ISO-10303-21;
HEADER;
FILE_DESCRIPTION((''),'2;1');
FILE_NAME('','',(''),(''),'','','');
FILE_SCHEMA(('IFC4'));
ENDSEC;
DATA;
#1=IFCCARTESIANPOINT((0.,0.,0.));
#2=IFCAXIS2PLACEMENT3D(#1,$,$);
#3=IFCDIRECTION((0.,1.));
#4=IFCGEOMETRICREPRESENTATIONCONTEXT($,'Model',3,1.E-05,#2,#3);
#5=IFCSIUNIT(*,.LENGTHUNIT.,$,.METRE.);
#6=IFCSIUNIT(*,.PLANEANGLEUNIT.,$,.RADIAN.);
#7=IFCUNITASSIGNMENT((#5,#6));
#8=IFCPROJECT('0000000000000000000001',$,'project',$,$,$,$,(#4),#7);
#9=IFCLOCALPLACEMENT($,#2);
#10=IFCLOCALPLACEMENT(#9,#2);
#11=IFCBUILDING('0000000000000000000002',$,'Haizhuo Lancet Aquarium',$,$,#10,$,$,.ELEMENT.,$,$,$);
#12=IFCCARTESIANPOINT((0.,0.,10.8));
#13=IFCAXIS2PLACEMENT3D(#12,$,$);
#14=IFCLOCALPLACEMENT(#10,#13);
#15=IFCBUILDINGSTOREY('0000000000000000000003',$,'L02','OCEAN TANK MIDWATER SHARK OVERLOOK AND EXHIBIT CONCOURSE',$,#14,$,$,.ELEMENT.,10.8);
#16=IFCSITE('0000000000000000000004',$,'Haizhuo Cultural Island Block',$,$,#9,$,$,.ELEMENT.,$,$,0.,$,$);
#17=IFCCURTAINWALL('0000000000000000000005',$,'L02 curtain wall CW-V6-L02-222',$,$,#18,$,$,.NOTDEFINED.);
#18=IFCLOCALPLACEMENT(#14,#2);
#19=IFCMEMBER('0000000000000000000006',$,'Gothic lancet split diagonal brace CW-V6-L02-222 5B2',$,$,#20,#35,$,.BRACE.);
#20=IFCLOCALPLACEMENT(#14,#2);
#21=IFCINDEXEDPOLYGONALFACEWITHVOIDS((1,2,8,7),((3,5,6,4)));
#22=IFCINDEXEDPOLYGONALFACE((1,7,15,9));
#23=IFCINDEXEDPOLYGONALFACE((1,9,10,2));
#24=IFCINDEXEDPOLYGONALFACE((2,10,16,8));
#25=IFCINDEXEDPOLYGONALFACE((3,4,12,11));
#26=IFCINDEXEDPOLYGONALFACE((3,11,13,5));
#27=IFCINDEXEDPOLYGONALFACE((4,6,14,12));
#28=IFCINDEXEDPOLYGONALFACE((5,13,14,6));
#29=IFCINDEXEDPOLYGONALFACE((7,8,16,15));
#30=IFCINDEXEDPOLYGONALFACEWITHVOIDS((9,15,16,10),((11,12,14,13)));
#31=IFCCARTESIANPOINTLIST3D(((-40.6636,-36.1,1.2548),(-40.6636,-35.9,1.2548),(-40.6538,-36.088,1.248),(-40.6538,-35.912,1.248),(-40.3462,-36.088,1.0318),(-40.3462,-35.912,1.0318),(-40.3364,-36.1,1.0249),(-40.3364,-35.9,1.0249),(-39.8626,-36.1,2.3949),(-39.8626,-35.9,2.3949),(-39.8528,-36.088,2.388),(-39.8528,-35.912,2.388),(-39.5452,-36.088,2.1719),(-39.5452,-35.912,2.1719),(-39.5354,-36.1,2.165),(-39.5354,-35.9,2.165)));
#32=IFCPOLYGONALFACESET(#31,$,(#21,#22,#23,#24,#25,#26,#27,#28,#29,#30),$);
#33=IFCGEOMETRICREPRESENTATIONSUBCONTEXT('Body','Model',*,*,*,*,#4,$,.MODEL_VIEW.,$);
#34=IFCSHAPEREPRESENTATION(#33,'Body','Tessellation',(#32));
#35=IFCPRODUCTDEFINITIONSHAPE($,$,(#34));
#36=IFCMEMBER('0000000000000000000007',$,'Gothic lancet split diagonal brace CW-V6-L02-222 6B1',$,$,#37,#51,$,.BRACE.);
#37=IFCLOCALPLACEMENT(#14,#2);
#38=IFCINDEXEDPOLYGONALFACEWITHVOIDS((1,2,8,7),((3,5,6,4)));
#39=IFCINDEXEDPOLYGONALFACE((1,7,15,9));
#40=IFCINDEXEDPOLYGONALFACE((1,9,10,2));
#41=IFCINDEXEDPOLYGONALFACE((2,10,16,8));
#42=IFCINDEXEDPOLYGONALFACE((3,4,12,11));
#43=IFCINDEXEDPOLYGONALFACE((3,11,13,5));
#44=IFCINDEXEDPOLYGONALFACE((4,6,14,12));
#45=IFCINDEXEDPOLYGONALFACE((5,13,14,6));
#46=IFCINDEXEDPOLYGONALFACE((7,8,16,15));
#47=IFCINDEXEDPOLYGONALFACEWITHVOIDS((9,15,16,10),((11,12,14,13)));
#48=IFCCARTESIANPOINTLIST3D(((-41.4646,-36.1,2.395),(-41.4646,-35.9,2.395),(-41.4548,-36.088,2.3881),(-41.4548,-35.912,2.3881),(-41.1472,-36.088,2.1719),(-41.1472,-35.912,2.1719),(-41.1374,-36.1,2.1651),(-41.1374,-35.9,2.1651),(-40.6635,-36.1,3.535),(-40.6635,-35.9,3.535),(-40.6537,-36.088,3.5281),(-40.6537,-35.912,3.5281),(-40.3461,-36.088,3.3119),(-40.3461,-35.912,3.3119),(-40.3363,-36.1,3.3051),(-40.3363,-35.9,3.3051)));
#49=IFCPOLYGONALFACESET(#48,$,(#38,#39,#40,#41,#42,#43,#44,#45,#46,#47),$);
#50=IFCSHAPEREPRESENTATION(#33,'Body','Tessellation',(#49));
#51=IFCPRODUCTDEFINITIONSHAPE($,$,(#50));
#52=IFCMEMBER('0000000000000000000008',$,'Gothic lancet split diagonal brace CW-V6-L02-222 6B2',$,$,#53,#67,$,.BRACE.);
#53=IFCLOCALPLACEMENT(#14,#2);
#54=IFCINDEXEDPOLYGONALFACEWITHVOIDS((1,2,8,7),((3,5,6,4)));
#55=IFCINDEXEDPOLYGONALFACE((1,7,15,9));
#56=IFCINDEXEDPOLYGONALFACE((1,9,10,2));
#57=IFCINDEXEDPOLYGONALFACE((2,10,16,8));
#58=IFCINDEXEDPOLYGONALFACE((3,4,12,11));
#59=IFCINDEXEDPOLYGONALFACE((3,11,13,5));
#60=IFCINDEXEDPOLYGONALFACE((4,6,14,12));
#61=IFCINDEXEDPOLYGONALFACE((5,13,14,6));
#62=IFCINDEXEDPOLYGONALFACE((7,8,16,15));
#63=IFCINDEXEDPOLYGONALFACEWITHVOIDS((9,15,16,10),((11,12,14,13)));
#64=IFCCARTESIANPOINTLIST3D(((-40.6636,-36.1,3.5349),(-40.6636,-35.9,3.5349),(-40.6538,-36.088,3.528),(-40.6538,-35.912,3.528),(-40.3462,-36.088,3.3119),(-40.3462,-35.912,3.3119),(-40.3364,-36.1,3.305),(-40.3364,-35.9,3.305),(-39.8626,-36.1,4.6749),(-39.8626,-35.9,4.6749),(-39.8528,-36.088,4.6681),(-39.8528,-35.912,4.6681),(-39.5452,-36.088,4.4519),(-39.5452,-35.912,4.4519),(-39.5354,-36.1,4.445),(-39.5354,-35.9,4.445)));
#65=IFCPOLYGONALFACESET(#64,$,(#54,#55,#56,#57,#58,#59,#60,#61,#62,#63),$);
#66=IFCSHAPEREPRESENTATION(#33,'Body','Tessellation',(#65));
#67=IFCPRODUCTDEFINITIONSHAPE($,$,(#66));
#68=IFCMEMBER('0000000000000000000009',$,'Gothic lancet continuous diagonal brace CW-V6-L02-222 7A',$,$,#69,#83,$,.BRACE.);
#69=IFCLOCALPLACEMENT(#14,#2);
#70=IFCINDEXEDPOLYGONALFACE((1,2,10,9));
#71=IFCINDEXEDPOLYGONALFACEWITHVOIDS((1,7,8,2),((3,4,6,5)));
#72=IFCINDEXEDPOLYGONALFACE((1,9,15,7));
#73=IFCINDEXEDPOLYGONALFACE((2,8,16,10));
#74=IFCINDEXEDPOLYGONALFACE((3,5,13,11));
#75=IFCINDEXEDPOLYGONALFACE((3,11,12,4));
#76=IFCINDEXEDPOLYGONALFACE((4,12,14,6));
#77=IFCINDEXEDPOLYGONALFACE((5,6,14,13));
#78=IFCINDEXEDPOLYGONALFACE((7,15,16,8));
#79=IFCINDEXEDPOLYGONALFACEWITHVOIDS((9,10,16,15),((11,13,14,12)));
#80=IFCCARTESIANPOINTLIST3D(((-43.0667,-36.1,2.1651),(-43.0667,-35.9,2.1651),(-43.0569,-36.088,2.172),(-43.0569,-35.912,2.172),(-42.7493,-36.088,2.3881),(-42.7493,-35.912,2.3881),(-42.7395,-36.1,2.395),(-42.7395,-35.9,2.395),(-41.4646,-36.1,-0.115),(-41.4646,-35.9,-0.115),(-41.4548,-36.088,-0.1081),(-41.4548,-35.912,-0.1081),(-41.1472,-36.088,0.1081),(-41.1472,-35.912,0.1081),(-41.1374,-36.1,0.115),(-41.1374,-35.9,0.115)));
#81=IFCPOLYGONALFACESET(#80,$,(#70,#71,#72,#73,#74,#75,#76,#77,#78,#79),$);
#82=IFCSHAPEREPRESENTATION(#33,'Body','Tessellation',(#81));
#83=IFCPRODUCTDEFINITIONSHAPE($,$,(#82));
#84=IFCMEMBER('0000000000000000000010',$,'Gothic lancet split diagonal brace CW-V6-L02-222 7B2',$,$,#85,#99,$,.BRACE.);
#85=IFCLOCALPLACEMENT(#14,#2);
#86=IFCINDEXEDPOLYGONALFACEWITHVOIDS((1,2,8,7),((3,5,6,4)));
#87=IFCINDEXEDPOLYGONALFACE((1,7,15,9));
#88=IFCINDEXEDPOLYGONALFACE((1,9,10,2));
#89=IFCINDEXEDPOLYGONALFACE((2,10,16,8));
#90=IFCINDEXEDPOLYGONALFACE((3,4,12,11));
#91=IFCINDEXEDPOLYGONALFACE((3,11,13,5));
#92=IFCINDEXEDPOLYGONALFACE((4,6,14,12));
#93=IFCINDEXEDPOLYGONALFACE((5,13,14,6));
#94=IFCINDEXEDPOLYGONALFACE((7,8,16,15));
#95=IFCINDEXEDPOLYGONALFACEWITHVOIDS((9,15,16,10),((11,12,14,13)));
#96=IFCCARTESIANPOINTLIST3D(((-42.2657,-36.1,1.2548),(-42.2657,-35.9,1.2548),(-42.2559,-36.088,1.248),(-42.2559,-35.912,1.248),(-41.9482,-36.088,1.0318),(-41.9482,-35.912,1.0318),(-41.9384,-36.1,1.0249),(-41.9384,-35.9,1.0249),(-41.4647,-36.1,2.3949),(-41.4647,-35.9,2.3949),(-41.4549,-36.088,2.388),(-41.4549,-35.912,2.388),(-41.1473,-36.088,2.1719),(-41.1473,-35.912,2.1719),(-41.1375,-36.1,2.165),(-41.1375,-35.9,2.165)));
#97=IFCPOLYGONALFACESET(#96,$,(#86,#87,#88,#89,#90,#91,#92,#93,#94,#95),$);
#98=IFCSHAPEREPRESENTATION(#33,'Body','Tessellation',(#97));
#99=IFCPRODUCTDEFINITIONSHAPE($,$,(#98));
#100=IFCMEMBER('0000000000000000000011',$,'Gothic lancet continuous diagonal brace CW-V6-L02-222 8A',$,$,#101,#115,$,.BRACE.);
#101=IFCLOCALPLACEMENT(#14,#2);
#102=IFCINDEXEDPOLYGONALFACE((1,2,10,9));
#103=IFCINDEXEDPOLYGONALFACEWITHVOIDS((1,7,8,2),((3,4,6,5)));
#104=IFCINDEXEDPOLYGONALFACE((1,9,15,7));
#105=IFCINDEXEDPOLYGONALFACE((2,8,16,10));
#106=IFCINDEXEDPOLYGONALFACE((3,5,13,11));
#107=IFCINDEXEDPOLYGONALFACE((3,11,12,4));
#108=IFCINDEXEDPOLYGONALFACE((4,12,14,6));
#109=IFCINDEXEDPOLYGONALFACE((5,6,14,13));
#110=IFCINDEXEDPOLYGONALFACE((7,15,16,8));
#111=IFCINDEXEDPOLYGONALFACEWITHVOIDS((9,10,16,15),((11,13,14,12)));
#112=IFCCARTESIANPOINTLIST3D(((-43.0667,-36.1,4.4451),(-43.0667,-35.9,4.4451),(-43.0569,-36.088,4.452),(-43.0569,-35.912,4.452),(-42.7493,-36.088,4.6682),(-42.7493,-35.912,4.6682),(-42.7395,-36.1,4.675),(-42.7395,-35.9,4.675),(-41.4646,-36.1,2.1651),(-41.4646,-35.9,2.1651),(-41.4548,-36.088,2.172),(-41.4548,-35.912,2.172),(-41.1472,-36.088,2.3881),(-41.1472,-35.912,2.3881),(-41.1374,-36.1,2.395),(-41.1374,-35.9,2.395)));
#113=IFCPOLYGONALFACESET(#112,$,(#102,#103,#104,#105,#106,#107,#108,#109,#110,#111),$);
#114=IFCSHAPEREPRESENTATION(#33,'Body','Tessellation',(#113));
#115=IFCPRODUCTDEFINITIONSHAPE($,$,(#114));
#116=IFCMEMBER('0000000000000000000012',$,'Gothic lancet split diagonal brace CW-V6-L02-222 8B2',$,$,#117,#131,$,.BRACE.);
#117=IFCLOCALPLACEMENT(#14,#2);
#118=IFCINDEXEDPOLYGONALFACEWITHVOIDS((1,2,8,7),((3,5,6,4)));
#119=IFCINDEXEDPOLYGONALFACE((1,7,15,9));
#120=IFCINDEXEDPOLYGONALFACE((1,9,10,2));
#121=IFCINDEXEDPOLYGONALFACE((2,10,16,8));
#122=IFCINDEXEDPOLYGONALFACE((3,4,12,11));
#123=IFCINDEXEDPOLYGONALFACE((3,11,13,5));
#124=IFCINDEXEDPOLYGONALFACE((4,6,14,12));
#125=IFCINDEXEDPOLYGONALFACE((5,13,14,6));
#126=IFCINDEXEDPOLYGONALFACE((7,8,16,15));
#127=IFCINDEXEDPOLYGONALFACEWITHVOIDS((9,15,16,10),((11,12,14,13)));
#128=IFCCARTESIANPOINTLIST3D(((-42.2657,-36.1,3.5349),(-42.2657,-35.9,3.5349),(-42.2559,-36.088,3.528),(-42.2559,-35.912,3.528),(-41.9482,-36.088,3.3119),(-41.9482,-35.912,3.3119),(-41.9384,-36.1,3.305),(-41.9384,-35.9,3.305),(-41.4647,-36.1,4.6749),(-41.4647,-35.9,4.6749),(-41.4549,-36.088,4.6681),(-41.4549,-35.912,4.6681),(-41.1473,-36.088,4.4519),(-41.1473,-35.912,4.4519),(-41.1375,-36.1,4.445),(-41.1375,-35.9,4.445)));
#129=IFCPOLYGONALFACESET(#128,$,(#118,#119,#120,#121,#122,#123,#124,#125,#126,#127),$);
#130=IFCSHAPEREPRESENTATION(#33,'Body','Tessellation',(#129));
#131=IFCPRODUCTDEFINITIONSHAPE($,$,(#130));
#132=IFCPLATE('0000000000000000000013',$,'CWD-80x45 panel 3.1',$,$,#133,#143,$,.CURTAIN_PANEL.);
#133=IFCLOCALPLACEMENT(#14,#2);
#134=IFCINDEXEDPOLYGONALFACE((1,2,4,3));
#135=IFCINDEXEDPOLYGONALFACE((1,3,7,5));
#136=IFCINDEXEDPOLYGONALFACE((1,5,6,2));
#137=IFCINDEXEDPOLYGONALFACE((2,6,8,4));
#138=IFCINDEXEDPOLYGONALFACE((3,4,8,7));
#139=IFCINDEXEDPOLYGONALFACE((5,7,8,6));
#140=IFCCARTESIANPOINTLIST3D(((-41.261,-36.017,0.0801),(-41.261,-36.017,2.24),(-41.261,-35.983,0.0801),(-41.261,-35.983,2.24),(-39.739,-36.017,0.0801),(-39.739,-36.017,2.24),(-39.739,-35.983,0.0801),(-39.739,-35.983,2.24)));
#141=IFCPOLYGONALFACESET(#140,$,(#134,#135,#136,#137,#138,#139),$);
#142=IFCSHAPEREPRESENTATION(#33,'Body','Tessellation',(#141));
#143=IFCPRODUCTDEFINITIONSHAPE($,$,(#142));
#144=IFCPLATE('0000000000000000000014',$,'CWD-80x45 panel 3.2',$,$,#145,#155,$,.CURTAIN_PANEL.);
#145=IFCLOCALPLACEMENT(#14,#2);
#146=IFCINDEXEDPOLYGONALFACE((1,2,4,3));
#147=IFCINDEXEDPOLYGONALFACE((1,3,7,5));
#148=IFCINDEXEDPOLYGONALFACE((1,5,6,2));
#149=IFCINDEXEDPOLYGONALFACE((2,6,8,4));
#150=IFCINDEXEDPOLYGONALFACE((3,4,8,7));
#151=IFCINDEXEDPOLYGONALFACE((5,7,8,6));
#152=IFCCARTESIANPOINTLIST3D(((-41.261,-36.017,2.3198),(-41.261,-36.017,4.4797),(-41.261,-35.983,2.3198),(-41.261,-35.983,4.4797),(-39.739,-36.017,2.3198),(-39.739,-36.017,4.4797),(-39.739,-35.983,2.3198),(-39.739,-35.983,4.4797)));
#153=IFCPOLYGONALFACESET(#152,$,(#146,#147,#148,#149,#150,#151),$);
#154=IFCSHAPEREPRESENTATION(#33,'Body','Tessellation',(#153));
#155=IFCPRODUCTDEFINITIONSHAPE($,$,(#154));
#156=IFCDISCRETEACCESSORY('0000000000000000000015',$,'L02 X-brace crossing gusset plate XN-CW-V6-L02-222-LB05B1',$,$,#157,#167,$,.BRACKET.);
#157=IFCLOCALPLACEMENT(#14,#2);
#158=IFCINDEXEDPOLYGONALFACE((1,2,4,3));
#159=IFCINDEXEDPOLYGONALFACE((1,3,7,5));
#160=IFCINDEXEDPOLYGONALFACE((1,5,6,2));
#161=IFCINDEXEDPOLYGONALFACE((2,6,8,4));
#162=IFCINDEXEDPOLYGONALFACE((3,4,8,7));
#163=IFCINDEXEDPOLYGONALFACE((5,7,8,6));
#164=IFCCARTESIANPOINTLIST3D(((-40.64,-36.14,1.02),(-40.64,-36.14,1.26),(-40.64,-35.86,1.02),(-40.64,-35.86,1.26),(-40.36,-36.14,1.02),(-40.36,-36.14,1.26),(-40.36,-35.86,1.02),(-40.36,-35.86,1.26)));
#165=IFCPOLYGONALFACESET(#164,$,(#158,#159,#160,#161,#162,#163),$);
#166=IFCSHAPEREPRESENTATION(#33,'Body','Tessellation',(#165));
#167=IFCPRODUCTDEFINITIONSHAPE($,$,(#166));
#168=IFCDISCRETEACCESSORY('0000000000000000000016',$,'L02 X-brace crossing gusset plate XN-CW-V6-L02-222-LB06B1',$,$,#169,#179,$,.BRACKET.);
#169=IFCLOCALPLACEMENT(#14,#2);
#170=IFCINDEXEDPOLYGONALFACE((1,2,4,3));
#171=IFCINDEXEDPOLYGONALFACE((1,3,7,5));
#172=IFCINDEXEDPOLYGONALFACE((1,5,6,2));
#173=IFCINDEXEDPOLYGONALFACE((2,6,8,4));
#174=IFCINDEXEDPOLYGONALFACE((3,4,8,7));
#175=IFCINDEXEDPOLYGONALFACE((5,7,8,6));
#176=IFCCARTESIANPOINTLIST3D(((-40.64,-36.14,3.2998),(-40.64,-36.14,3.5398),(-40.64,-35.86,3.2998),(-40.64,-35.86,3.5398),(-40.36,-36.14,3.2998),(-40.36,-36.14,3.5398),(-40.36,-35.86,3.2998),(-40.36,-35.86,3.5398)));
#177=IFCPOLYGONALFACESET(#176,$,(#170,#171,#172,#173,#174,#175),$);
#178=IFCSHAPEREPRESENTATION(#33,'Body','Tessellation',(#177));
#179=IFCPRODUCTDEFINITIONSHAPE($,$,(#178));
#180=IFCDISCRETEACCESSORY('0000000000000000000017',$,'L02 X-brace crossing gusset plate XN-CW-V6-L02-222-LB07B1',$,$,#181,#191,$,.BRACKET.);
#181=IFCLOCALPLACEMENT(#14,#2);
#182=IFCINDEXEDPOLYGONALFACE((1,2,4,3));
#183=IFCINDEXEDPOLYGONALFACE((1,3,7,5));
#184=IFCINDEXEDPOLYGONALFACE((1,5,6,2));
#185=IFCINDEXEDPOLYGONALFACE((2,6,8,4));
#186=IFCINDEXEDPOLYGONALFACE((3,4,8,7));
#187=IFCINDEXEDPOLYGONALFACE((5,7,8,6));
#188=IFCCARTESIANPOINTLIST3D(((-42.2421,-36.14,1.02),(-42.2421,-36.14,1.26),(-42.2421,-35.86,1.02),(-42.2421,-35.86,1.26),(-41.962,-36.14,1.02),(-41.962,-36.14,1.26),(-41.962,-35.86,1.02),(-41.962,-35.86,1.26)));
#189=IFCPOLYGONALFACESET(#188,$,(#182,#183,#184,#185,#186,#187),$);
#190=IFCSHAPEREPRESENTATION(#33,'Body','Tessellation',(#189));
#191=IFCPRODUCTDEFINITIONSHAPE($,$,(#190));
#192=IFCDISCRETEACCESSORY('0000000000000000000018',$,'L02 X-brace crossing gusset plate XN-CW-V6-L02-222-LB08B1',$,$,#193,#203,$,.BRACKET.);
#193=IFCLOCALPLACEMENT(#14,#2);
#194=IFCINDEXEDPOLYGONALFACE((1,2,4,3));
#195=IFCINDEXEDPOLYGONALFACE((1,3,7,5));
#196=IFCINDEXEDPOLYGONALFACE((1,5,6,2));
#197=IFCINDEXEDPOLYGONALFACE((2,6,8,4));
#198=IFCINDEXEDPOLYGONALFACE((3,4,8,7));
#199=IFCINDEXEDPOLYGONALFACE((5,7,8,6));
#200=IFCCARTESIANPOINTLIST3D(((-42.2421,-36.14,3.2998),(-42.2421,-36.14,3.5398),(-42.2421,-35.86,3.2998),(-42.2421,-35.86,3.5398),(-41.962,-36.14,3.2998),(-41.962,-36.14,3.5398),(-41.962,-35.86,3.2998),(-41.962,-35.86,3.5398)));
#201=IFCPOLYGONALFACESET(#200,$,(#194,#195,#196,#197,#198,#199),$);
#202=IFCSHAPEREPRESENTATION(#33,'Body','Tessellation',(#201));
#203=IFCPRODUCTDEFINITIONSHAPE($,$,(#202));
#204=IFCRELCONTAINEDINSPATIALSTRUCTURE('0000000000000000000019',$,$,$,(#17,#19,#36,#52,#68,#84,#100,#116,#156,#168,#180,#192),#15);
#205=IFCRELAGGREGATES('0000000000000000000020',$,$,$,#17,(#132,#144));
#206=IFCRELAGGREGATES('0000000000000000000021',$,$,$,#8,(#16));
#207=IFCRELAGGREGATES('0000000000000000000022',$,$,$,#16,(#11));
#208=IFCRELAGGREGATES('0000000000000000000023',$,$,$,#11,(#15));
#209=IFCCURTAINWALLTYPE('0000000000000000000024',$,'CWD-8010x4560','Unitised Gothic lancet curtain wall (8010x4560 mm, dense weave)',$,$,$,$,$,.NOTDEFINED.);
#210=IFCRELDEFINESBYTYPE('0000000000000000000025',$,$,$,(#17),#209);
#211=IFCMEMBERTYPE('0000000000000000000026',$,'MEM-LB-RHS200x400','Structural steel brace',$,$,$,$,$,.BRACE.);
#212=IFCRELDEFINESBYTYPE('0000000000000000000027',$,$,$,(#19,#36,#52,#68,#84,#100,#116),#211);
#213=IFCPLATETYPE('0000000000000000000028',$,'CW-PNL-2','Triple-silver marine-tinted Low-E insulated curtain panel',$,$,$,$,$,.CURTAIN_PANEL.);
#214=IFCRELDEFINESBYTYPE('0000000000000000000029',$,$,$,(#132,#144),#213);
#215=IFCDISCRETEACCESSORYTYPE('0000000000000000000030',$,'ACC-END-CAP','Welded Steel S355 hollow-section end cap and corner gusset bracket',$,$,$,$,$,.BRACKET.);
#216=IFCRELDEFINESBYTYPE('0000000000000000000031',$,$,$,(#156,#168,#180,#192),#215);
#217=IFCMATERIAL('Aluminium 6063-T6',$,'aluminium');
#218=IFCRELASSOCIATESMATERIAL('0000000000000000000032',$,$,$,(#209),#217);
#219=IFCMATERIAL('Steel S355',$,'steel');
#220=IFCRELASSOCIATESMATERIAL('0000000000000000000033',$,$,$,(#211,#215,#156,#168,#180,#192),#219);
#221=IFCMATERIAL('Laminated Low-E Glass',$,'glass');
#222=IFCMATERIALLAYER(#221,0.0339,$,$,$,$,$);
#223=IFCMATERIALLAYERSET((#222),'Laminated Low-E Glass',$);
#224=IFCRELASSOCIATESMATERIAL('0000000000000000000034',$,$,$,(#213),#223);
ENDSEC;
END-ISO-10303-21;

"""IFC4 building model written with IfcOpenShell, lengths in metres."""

from ifc_helpers import new_model, si_unit, direction, frame, origin, origin_2d, place, context, subcontext, project, spatial, rectangle, hollow_rectangle, extrude, material, layer, layer_set, material_profile, profile_set, type_object, element, aggregate, save


model = new_model("IFC4")

# Units and contexts
model_context = context("Model", 3, precision=1e-05, world=origin(), true_north=direction((0.0, 1.0)))
body_context = subcontext(model_context, "Body", "Model", "MODEL_VIEW")
ifc_project = project(units=[si_unit("LENGTHUNIT", "METRE"), si_unit("PLANEANGLEUNIT", "RADIAN")], contexts=[model_context])

# Site, building, storey
site_placement = place(None, origin())
site = spatial("IfcSite", under=ifc_project, at=site_placement, Name="Haizhuo Cultural Island Block", CompositionType="ELEMENT", RefElevation=0.0)
building_placement = place(site_placement, origin())
building = spatial("IfcBuilding", under=site, at=building_placement, Name="Haizhuo Lancet Aquarium", CompositionType="ELEMENT")
storey_placement = place(building_placement, frame((0.0, 0.0, 10.8)))
storey = spatial("IfcBuildingStorey", under=building, at=storey_placement, Name="L02", Description="OCEAN TANK MIDWATER SHARK OVERLOOK AND EXHIBIT CONCOURSE", CompositionType="ELEMENT", Elevation=10.8)

# Curtain wall
ifc_material_1 = material(Name="Aluminium 6063-T6", Category="aluminium")
curtain_wall_type = type_object("IfcCurtainWallType", Name="CWD-8010x4560", Description="Unitised Gothic lancet curtain wall (8010x4560 mm, dense weave)", PredefinedType="NOTDEFINED", material=ifc_material_1)
curtain_wall_placement = place(storey_placement, origin())
curtain_wall = element("IfcCurtainWall", 1, at=curtain_wall_placement, inside=storey, type_object=curtain_wall_type, Name="L02 curtain wall CW-V6-L02-222", PredefinedType="NOTDEFINED")

# Members
ifc_material_2 = material(Name="Steel S355", Category="steel")
ifc_material_profile_1 = material_profile(ifc_material_2, hollow_rectangle(XDim=0.2, YDim=0.3999, WallThickness=0.012, at=origin_2d()), Name="RHS 200x400x12")
ifc_profile_set_1 = profile_set([ifc_material_profile_1], Name="Steel S355")
member_type_1 = type_object("IfcMemberType", Name="MEM-LB-RHS200x400", Description="Structural steel brace", PredefinedType="BRACE", material=ifc_profile_set_1)
for number, where, z_axis, x_axis, name in (
    (2, (-40.5, -36.0, 1.1399), (0.574873, 0.0, 0.818243), (0.0, 1.0, 0.0), "Gothic lancet split diagonal brace CW-V6-L02-222 5B2"),
    (3, (-41.301, -36.0, 2.28), (0.574955, 0.0, 0.818185), (0.0, 1.0, 0.0), "Gothic lancet split diagonal brace CW-V6-L02-222 6B1"),
    (4, (-40.5, -36.0, 3.4199), (0.574873, 0.0, 0.818243), (0.0, 1.0, 0.0), "Gothic lancet split diagonal brace CW-V6-L02-222 6B2"),
):
    element("IfcMember", number, at=place(storey_placement, frame(where, z_axis=z_axis, x_axis=x_axis)), inside=storey, type_object=member_type_1, Name=name, PredefinedType="BRACE", context=body_context, shape_type="SweptSolid", body=[
        extrude(hollow_rectangle(XDim=0.2, YDim=0.3999, WallThickness=0.012, at=origin_2d()), origin(), (0.0, 0.0, 1.0), 1.3933),
    ])
member_1_placement = place(storey_placement, frame((-41.301, -36.0, 0.0), z_axis=(-0.574914, 0.0, 0.818214), x_axis=(0.0, -1.0, 0.0)))
element("IfcMember", 5, at=member_1_placement, inside=storey, type_object=member_type_1, Name="Gothic lancet continuous diagonal brace CW-V6-L02-222 7A", PredefinedType="BRACE", context=body_context, shape_type="SweptSolid", body=[
    extrude(hollow_rectangle(XDim=0.2, YDim=0.3999, WallThickness=0.012, at=origin_2d()), origin(), (0.0, 0.0, 1.0), 2.7866),
])
member_2_placement = place(storey_placement, frame((-42.1021, -36.0, 1.1399), z_axis=(0.574873, 0.0, 0.818243), x_axis=(0.0, 1.0, 0.0)))
element("IfcMember", 6, at=member_2_placement, inside=storey, type_object=member_type_1, Name="Gothic lancet split diagonal brace CW-V6-L02-222 7B2", PredefinedType="BRACE", context=body_context, shape_type="SweptSolid", body=[
    extrude(hollow_rectangle(XDim=0.2, YDim=0.3999, WallThickness=0.012, at=origin_2d()), origin(), (0.0, 0.0, 1.0), 1.3933),
])
member_3_placement = place(storey_placement, frame((-41.301, -36.0, 2.28), z_axis=(-0.574914, 0.0, 0.818214), x_axis=(0.0, -1.0, 0.0)))
element("IfcMember", 7, at=member_3_placement, inside=storey, type_object=member_type_1, Name="Gothic lancet continuous diagonal brace CW-V6-L02-222 8A", PredefinedType="BRACE", context=body_context, shape_type="SweptSolid", body=[
    extrude(hollow_rectangle(XDim=0.2, YDim=0.3999, WallThickness=0.012, at=origin_2d()), origin(), (0.0, 0.0, 1.0), 2.7866),
])
member_4_placement = place(storey_placement, frame((-42.1021, -36.0, 3.4199), z_axis=(0.574873, 0.0, 0.818243), x_axis=(0.0, 1.0, 0.0)))
element("IfcMember", 8, at=member_4_placement, inside=storey, type_object=member_type_1, Name="Gothic lancet split diagonal brace CW-V6-L02-222 8B2", PredefinedType="BRACE", context=body_context, shape_type="SweptSolid", body=[
    extrude(hollow_rectangle(XDim=0.2, YDim=0.3999, WallThickness=0.012, at=origin_2d()), origin(), (0.0, 0.0, 1.0), 1.3933),
])

# Plates
ifc_material_3 = material(Name="Laminated Low-E Glass", Category="glass")
ifc_layer = layer(ifc_material_3, 0.0339)
ifc_layer_set = layer_set([ifc_layer], Name="Laminated Low-E Glass")
plate_type = type_object("IfcPlateType", Name="CW-PNL-2", Description="Triple-silver marine-tinted Low-E insulated curtain panel", PredefinedType="CURTAIN_PANEL", material=ifc_layer_set)
plate_1_placement = place(storey_placement, frame((-40.5, -36.0, 0.0801), z_axis=(0.0, 0.0, 1.0), x_axis=(-1.0, 0.0, 0.0)))
plate_1 = element("IfcPlate", 9, at=plate_1_placement, type_object=plate_type, Name="CWD-80x45 panel 3.1", PredefinedType="CURTAIN_PANEL", context=body_context, shape_type="SweptSolid", body=[
    extrude(rectangle(XDim=1.522, YDim=0.0339, at=origin_2d()), origin(), (0.0, 0.0, 1.0), 2.1599),
])
plate_2_placement = place(storey_placement, frame((-40.5, -36.0, 2.3198), z_axis=(0.0, 0.0, 1.0), x_axis=(-1.0, 0.0, 0.0)))
plate_2 = element("IfcPlate", 10, at=plate_2_placement, type_object=plate_type, Name="CWD-80x45 panel 3.2", PredefinedType="CURTAIN_PANEL", context=body_context, shape_type="SweptSolid", body=[
    extrude(rectangle(XDim=1.522, YDim=0.0339, at=origin_2d()), origin(), (0.0, 0.0, 1.0), 2.1599),
])
aggregate(curtain_wall, [plate_1, plate_2])

# Discrete accessories
discrete_accessory_type = type_object("IfcDiscreteAccessoryType", Name="ACC-END-CAP", Description="Welded Steel S355 hollow-section end cap and corner gusset bracket", PredefinedType="BRACKET", material=ifc_material_2)
for number, where, z_axis, x_axis, name in (
    (11, (-40.5, -36.0, 1.02), (0.0, 0.0, 1.0), (1.0, 0.0, 0.0), "L02 X-brace crossing gusset plate XN-CW-V6-L02-222-LB05B1"),
    (12, (-40.5, -36.0, 3.2998), (0.0, 0.0, 1.0), (1.0, 0.0, 0.0), "L02 X-brace crossing gusset plate XN-CW-V6-L02-222-LB06B1"),
    (13, (-42.1021, -36.0, 1.02), (0.0, 0.0, 1.0), (1.0, 0.0, 0.0), "L02 X-brace crossing gusset plate XN-CW-V6-L02-222-LB07B1"),
    (14, (-42.1021, -36.0, 3.2998), (0.0, 0.0, 1.0), (1.0, 0.0, 0.0), "L02 X-brace crossing gusset plate XN-CW-V6-L02-222-LB08B1"),
):
    element("IfcDiscreteAccessory", number, at=place(storey_placement, frame(where, z_axis=z_axis, x_axis=x_axis)), inside=storey, type_object=discrete_accessory_type, material=ifc_material_2, Name=name, PredefinedType="BRACKET", context=body_context, shape_type="SweptSolid", body=[
        extrude(rectangle(XDim=0.28, YDim=0.28, at=origin_2d()), origin(), (0.0, 0.0, 1.0), 0.24),
    ])

save(model, "model.ifc")
